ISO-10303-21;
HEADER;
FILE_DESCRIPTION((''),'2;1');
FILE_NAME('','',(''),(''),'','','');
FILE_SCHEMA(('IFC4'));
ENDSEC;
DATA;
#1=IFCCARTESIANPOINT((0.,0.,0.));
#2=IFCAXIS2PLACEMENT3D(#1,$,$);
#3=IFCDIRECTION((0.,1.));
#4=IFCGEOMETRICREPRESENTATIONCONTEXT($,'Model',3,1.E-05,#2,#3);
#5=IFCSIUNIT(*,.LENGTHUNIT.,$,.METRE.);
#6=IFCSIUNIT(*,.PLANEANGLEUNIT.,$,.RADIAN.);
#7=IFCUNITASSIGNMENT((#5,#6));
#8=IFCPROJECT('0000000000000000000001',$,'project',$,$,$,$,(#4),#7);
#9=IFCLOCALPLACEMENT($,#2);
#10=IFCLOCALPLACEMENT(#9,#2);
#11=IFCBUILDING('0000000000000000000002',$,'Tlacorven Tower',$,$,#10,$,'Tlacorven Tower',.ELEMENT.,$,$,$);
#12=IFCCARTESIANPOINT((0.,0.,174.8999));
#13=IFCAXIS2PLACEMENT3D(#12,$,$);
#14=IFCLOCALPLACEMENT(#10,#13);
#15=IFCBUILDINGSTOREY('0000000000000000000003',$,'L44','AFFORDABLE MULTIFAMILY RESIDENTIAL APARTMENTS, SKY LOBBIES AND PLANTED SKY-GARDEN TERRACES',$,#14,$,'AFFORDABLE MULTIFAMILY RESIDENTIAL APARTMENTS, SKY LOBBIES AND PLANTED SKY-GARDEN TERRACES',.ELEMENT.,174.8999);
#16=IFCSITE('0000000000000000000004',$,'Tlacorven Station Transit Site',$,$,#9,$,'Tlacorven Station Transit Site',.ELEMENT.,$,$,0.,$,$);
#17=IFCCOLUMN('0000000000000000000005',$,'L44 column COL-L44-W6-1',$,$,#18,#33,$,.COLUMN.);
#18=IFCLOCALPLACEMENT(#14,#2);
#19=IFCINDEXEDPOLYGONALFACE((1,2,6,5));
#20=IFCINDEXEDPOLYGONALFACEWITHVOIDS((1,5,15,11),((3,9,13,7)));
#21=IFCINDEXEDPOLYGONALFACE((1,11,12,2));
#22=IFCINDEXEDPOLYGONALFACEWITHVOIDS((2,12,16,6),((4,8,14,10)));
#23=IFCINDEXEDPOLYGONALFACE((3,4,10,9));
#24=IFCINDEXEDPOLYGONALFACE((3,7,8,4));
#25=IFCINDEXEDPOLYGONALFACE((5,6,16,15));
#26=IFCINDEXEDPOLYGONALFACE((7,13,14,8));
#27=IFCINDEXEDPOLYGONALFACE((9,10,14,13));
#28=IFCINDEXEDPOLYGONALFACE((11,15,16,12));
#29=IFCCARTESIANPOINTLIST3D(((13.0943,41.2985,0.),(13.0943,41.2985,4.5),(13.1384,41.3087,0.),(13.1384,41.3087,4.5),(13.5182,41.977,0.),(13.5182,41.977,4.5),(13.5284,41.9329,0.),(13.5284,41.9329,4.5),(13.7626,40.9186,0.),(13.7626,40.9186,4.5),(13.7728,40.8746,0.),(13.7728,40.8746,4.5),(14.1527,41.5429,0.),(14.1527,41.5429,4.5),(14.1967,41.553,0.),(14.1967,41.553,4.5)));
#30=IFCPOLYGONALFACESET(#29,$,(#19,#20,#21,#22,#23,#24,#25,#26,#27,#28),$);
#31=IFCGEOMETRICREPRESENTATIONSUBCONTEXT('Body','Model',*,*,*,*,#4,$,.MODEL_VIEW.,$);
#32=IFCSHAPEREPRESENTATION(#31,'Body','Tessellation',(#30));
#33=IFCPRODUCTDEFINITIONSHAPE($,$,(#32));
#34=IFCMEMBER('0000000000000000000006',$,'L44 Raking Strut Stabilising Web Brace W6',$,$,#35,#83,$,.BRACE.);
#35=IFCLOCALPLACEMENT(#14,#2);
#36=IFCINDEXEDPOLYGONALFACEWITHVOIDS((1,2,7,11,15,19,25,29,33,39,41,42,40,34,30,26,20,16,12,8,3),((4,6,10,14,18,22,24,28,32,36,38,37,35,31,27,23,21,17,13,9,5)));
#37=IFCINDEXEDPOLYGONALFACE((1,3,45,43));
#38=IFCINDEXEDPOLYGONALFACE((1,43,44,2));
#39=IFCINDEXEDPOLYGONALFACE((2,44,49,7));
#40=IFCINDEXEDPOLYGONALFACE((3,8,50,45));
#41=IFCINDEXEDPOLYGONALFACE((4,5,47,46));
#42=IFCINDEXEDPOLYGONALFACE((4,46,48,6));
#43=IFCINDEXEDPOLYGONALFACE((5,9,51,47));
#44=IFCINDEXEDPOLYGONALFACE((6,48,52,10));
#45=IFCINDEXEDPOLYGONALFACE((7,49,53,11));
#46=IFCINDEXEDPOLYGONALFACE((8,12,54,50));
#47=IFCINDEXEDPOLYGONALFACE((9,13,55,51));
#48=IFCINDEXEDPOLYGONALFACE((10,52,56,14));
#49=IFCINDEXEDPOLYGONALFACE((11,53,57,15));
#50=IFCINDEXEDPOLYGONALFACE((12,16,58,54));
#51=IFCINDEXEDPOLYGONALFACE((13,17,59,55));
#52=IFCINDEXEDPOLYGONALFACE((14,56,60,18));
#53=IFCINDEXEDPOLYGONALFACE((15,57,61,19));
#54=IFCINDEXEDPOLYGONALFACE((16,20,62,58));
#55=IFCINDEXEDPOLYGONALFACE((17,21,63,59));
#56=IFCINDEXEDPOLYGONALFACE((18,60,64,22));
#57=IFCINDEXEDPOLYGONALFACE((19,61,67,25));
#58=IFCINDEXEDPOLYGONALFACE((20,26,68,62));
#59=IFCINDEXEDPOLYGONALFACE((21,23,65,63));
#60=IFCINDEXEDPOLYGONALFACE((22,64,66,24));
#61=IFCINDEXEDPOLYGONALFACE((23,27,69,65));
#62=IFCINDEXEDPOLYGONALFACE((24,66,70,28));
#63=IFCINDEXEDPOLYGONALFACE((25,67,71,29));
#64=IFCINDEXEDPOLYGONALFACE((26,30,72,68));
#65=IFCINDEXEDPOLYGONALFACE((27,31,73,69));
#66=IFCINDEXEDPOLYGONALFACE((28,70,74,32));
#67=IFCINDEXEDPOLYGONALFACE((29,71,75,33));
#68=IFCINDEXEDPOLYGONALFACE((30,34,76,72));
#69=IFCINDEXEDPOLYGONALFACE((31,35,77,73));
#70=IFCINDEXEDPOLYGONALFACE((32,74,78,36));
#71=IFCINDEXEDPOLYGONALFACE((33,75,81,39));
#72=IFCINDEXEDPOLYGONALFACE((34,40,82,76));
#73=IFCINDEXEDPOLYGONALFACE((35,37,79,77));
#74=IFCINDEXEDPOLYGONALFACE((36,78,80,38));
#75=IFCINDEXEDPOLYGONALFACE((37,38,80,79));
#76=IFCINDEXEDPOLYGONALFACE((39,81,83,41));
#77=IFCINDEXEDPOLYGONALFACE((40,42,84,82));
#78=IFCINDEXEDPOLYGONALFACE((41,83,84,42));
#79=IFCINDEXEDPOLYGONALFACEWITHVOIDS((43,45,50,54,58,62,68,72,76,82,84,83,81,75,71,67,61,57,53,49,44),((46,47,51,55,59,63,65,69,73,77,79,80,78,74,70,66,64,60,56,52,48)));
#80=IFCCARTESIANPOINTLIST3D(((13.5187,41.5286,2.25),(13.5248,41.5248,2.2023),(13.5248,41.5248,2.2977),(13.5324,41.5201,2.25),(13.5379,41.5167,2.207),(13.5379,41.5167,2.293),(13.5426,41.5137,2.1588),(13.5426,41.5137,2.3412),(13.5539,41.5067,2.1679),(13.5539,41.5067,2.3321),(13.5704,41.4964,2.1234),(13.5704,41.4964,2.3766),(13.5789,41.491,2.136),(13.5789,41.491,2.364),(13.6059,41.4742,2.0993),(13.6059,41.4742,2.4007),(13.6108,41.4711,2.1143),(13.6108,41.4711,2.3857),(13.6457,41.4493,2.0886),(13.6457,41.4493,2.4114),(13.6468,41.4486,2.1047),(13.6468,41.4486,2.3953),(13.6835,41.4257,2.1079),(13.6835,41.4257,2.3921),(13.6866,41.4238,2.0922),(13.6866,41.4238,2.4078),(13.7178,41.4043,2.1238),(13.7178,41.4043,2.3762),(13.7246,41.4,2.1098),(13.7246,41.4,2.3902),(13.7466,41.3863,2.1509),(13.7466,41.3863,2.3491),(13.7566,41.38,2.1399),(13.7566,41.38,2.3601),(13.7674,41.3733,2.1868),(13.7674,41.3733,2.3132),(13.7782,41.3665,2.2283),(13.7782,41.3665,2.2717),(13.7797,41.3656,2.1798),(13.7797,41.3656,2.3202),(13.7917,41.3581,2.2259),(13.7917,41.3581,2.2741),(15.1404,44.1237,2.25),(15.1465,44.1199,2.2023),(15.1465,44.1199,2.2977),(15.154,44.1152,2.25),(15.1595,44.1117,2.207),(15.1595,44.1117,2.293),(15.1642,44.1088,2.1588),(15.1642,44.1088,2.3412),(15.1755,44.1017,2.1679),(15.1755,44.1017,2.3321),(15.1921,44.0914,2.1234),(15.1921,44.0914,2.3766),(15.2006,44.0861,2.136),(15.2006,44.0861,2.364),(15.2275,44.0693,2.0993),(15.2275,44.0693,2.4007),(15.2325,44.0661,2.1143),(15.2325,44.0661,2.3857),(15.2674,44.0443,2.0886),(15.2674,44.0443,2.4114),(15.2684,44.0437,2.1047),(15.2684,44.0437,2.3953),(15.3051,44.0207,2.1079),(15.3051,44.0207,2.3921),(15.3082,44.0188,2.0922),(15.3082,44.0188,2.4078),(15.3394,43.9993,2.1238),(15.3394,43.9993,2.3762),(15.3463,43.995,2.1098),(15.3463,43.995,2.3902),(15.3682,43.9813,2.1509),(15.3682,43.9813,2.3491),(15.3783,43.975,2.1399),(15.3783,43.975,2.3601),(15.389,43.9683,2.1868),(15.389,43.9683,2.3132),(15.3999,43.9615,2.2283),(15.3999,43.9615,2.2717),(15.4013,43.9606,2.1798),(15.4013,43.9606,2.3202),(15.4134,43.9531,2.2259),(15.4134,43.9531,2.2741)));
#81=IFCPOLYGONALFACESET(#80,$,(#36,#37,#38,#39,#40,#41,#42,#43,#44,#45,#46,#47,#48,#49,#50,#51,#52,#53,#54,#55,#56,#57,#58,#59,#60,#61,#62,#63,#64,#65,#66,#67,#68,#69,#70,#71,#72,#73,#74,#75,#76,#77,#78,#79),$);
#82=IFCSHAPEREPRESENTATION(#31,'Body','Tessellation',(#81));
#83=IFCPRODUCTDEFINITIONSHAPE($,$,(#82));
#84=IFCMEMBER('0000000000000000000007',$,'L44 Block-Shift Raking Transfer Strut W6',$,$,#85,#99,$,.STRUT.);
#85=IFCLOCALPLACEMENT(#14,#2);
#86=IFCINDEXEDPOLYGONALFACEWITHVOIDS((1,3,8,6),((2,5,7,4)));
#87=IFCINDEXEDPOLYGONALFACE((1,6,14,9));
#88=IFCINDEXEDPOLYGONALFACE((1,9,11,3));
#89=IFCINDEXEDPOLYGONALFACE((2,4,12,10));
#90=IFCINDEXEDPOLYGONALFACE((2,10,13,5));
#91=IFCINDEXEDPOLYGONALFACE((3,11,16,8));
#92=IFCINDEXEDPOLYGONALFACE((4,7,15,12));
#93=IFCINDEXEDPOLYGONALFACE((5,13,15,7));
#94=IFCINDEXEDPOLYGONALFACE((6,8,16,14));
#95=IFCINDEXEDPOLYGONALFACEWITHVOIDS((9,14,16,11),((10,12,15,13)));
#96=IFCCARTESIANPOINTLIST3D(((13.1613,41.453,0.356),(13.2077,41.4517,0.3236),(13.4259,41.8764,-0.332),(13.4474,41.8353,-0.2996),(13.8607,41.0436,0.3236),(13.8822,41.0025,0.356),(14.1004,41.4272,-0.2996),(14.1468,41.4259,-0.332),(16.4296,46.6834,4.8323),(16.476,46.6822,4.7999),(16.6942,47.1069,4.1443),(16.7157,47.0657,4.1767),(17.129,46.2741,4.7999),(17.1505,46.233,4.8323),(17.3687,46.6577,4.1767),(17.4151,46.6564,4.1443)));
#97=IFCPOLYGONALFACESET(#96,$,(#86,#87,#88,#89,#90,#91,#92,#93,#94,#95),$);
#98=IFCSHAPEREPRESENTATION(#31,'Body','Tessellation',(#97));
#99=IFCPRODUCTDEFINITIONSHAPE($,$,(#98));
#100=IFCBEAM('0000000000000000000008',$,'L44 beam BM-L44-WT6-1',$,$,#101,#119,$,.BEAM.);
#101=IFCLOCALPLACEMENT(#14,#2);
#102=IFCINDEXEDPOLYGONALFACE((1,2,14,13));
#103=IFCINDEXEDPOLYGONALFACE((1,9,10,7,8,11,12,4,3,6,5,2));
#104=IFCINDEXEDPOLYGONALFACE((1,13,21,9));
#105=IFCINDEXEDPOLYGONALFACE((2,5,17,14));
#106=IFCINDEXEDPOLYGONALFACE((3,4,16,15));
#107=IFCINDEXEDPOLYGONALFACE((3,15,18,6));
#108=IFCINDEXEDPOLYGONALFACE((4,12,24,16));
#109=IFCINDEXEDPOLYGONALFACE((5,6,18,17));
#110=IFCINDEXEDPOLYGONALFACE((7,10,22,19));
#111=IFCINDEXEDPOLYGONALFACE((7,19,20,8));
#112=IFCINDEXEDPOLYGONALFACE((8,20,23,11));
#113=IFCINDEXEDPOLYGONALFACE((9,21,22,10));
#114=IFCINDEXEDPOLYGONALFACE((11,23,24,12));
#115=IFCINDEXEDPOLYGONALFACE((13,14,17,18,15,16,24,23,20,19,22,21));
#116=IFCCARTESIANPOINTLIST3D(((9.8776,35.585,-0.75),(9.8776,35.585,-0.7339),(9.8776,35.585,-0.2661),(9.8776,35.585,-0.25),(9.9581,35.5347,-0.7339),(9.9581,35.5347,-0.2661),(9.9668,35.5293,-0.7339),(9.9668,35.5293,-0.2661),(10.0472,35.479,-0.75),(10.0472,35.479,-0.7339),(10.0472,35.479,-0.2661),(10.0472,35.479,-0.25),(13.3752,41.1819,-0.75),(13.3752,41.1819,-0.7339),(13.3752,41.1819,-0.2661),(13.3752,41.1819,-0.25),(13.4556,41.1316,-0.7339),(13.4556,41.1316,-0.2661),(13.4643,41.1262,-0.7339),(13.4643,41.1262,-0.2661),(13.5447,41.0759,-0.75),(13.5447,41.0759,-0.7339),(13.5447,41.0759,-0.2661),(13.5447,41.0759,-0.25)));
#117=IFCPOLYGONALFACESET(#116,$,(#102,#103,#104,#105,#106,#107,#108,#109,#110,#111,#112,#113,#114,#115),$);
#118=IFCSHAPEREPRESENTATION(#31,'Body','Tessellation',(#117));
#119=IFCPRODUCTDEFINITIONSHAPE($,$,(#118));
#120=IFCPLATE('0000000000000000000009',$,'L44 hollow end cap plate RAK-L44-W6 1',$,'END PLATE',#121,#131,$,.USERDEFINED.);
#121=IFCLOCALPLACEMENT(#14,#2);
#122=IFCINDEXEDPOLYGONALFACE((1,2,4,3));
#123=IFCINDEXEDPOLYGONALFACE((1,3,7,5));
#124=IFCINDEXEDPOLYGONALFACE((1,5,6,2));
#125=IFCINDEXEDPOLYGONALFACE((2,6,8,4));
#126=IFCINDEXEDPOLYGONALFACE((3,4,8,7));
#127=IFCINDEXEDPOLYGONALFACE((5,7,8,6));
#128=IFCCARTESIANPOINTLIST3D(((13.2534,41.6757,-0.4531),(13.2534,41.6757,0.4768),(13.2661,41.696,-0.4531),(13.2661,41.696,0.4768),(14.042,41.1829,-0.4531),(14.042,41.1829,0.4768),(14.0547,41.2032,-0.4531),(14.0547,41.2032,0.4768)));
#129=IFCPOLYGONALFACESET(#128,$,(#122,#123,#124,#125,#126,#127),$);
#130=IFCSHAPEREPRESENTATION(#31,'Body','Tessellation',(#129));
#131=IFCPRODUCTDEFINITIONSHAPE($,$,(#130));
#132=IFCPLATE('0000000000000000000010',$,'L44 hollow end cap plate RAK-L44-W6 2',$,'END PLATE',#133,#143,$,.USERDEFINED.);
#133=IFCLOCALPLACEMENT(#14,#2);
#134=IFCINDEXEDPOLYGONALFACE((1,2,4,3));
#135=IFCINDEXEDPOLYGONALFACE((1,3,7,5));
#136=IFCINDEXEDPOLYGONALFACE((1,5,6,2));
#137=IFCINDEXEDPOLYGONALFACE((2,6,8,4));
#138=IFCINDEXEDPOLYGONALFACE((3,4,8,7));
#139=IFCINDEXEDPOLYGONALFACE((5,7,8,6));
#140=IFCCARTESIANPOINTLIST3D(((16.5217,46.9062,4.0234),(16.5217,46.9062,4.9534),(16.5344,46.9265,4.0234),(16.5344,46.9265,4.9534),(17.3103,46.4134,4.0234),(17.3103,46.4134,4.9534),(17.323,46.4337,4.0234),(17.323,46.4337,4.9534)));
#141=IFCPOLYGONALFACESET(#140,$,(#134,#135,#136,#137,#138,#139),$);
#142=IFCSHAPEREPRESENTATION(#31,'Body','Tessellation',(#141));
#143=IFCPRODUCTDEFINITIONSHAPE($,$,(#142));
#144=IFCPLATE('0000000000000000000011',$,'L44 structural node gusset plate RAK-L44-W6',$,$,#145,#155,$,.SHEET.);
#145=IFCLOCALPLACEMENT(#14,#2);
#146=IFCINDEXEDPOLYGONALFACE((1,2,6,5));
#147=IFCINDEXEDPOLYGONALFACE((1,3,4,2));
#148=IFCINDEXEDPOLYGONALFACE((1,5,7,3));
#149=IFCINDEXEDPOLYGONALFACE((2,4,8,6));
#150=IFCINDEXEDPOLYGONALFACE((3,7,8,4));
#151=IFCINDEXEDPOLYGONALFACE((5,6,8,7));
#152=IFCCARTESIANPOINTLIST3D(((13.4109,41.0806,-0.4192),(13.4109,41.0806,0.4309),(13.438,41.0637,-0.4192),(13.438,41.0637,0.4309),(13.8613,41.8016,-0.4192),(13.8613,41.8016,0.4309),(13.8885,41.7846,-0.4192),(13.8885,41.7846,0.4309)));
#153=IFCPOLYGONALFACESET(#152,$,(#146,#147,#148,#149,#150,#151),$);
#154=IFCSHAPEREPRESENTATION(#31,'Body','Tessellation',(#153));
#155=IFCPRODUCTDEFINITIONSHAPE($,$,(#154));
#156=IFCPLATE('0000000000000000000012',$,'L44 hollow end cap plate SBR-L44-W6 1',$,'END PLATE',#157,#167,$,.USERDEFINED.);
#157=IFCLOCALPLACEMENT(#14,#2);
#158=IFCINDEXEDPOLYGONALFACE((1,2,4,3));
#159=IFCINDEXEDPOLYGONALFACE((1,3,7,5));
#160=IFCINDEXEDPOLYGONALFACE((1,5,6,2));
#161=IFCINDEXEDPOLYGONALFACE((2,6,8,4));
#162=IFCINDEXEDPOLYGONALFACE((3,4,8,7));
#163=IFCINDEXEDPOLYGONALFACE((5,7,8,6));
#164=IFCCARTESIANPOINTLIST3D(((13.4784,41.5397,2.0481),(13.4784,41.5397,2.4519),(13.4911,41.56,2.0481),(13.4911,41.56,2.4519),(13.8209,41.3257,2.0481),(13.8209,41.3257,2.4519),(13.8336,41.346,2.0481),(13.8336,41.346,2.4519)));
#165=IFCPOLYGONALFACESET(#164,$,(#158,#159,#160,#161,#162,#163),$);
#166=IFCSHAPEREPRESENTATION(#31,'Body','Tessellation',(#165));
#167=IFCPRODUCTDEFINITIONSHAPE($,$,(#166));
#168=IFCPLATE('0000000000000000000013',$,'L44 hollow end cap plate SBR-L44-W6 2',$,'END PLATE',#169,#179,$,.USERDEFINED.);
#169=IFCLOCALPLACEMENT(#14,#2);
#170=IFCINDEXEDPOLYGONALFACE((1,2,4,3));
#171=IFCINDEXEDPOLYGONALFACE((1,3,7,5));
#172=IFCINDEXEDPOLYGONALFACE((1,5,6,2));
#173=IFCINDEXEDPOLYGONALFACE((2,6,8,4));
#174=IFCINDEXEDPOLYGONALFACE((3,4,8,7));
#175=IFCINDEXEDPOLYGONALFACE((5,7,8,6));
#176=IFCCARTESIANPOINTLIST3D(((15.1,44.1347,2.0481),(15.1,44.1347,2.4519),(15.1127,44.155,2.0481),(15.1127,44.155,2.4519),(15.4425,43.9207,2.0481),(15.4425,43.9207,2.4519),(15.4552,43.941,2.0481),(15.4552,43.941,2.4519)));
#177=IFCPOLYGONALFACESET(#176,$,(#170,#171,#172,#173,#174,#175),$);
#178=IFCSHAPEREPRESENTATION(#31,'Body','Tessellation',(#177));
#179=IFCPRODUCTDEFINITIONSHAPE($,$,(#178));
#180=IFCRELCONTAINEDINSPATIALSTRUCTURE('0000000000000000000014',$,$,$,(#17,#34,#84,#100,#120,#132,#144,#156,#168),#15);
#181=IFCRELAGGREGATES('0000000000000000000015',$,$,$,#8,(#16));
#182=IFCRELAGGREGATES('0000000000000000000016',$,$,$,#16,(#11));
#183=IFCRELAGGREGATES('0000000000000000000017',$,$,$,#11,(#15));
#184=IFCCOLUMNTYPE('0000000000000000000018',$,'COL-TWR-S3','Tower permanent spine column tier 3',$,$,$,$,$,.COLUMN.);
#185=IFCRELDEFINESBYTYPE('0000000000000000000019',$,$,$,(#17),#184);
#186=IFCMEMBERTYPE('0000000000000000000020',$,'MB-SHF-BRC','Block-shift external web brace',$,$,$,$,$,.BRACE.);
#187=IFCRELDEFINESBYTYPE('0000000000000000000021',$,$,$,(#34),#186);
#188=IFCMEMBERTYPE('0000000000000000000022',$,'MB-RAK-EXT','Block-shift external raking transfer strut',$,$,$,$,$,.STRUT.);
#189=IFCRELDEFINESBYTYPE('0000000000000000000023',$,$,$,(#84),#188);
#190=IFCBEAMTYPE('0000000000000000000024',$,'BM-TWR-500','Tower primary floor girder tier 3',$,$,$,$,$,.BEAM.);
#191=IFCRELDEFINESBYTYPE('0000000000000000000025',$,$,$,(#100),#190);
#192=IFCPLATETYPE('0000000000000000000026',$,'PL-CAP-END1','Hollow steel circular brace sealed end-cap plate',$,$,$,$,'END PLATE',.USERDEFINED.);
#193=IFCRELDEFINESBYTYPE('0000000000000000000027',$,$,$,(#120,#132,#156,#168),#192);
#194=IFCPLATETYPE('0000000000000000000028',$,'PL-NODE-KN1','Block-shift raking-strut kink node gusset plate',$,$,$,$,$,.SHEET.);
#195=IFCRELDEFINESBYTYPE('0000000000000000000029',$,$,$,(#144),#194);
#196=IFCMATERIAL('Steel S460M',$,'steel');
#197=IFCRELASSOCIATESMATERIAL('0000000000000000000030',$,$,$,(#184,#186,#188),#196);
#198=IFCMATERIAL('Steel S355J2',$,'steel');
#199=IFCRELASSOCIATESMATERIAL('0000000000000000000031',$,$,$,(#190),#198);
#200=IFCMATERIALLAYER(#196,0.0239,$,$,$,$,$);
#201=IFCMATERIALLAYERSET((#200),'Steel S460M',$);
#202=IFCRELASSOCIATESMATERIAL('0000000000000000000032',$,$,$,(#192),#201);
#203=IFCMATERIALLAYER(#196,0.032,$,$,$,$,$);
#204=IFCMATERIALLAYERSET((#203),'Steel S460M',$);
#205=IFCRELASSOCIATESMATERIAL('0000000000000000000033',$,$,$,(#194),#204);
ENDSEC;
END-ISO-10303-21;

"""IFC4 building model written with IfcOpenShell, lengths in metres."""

from ifc_helpers import new_model, si_unit, direction, frame, origin, origin_2d, place, context, subcontext, project, spatial, rectangle, hollow_rectangle, hollow_circle, i_section, extrude, source, transform, mapped, material, layer, layer_set, material_profile, profile_set, type_object, element, save


model = new_model("IFC4")

# Units and contexts
model_context = context("Model", 3, precision=1e-05, world=origin(), true_north=direction((0.0, 1.0)))
body_context = subcontext(model_context, "Body", "Model", "MODEL_VIEW")
ifc_project = project(units=[si_unit("LENGTHUNIT", "METRE"), si_unit("PLANEANGLEUNIT", "RADIAN")], contexts=[model_context])

# Site, building, storey
site_placement = place(None, origin())
site = spatial("IfcSite", under=ifc_project, at=site_placement, Name="Tlacorven Station Transit Site", LongName="Tlacorven Station Transit Site", CompositionType="ELEMENT", RefElevation=0.0)
building_placement = place(site_placement, origin())
building = spatial("IfcBuilding", under=site, at=building_placement, Name="Tlacorven Tower", LongName="Tlacorven Tower", CompositionType="ELEMENT")
storey_placement = place(building_placement, frame((0.0, 0.0, 174.8999)))
storey = spatial("IfcBuildingStorey", under=building, at=storey_placement, Name="L44", Description="AFFORDABLE MULTIFAMILY RESIDENTIAL APARTMENTS, SKY LOBBIES AND PLANTED SKY-GARDEN TERRACES", LongName="AFFORDABLE MULTIFAMILY RESIDENTIAL APARTMENTS, SKY LOBBIES AND PLANTED SKY-GARDEN TERRACES", CompositionType="ELEMENT", Elevation=174.8999)

# Column
ifc_material_1 = material(Name="Steel S460M", Category="steel")
ifc_material_profile_1 = material_profile(ifc_material_1, hollow_rectangle(XDim=0.8, YDim=0.8, WallThickness=0.032, at=origin_2d()), Name="BOX 800X800X32")
ifc_profile_set_1 = profile_set([ifc_material_profile_1], Name="Steel S460M")
column_type = type_object("IfcColumnType", Name="COL-TWR-S3", Description="Tower permanent spine column tier 3", PredefinedType="COLUMN", material=ifc_profile_set_1)
shared_shape_1 = source(origin(), body_context, "Body", "SweptSolid", [
    extrude(hollow_rectangle(XDim=0.8, YDim=0.8, WallThickness=0.032, at=origin_2d()), origin(), (0.0, 0.0, 1.0), 4.5),
])
column_placement = place(storey_placement, frame((13.6455, 41.4258, 0.0), z_axis=(0.0, 0.0, 1.0), x_axis=(-0.848048, 0.529919, 0.0)))
element("IfcColumn", 1, at=column_placement, inside=storey, type_object=column_type, Name="L44 column COL-L44-W6-1", PredefinedType="COLUMN", context=body_context, shape_type="MappedRepresentation", body=[
    mapped(shared_shape_1, transform((0.0, 0.0, 0.0), scale=1.0)),
])

# Members
ifc_material_profile_2 = material_profile(ifc_material_1, hollow_circle(Radius=0.1619, WallThickness=0.0161, at=origin_2d()), Name="CHS 323.9X16")
ifc_profile_set_2 = profile_set([ifc_material_profile_2], Name="Steel S460M")
member_type_1 = type_object("IfcMemberType", Name="MB-SHF-BRC", Description="Block-shift external web brace", PredefinedType="BRACE", material=ifc_profile_set_2)
shared_shape_2 = source(origin(), body_context, "Body", "SweptSolid", [
    extrude(hollow_circle(Radius=0.1619, WallThickness=0.0161, at=origin_2d()), origin(), (0.0, 0.0, 1.0), 3.0601),
])
member_1_placement = place(storey_placement, frame((13.656, 41.4429, 2.25), z_axis=(0.529934, 0.848039, 0.0), x_axis=(-0.848039, 0.529934, 0.0)))
element("IfcMember", 2, at=member_1_placement, inside=storey, type_object=member_type_1, Name="L44 Raking Strut Stabilising Web Brace W6", PredefinedType="BRACE", context=body_context, shape_type="MappedRepresentation", body=[
    mapped(shared_shape_2, transform((0.0, 0.0, 0.0), scale=1.0)),
])
ifc_material_profile_3 = material_profile(ifc_material_1, hollow_rectangle(XDim=0.8501, YDim=0.8501, WallThickness=0.04, at=origin_2d()), Name="BOX 850X850X40")
ifc_profile_set_3 = profile_set([ifc_material_profile_3], Name="Steel S460M")
member_type_2 = type_object("IfcMemberType", Name="MB-RAK-EXT", Description="Block-shift external raking transfer strut", PredefinedType="STRUT", material=ifc_profile_set_3)
shared_shape_3 = source(origin(), body_context, "Body", "SweptSolid", [
    extrude(hollow_rectangle(XDim=0.8501, YDim=0.8501, WallThickness=0.04, at=origin_2d()), origin(), (0.0, 0.0, 1.0), 7.6208),
])
member_2_placement = place(storey_placement, frame((13.6541, 41.4395, 0.012), z_axis=(0.428865, 0.686338, 0.587379), x_axis=(-0.848052, 0.529914, 0.0)))
element("IfcMember", 3, at=member_2_placement, inside=storey, type_object=member_type_2, Name="L44 Block-Shift Raking Transfer Strut W6", PredefinedType="STRUT", context=body_context, shape_type="MappedRepresentation", body=[
    mapped(shared_shape_3, transform((0.0, 0.0, 0.0), scale=1.0)),
])

# Beam
ifc_material_2 = material(Name="Steel S355J2", Category="steel")
ifc_material_profile_4 = material_profile(ifc_material_2, i_section(OverallWidth=0.2, OverallDepth=0.5, WebThickness=0.0103, FlangeThickness=0.0161, at=origin_2d()), Name="IPE 500")
ifc_profile_set_4 = profile_set([ifc_material_profile_4], Name="Steel S355J2")
beam_type = type_object("IfcBeamType", Name="BM-TWR-500", Description="Tower primary floor girder tier 3", PredefinedType="BEAM", material=ifc_profile_set_4)
shared_shape_4 = source(origin(), body_context, "Body", "SweptSolid", [
    extrude(i_section(OverallWidth=0.2, OverallDepth=0.5, WebThickness=0.0103, FlangeThickness=0.0161, at=origin_2d()), origin(), (0.0, 0.0, 1.0), 6.5999),
])
beam_placement = place(storey_placement, frame((13.46, 41.1289, -0.5), z_axis=(-0.529942, -0.848034, 0.0), x_axis=(0.848034, -0.529942, 0.0)))
element("IfcBeam", 4, at=beam_placement, inside=storey, type_object=beam_type, Name="L44 beam BM-L44-WT6-1", PredefinedType="BEAM", context=body_context, shape_type="MappedRepresentation", body=[
    mapped(shared_shape_4, transform((0.0, 0.0, 0.0), scale=1.0)),
])

# Plates
ifc_layer_1 = layer(ifc_material_1, 0.0239)
ifc_layer_set_1 = layer_set([ifc_layer_1], Name="Steel S460M")
plate_type_1 = type_object("IfcPlateType", Name="PL-CAP-END1", Description="Hollow steel circular brace sealed end-cap plate", ElementType="END PLATE", PredefinedType="USERDEFINED", material=ifc_layer_set_1)
shared_shape_5 = source(origin(), body_context, "Body", "SweptSolid", [
    extrude(rectangle(XDim=0.0239, YDim=0.9299, at=origin_2d()), origin(), (0.0, 0.0, 1.0), 0.9299),
])
for number, where, z_axis, x_axis, name in (
    (5, (13.6541, 41.4395, -0.4531), (0.0, 0.0, 1.0), (0.529919, 0.848048, 0.0), "L44 hollow end cap plate RAK-L44-W6 1"),
    (6, (16.9224, 46.6699, 4.0234), (0.0, 0.0, 1.0), (0.529919, 0.848048, 0.0), "L44 hollow end cap plate RAK-L44-W6 2"),
):
    element("IfcPlate", number, at=place(storey_placement, frame(where, z_axis=z_axis, x_axis=x_axis)), inside=storey, type_object=plate_type_1, Name=name, ObjectType="END PLATE", PredefinedType="USERDEFINED", context=body_context, shape_type="MappedRepresentation", body=[
        mapped(shared_shape_5, transform((0.0, 0.0, 0.0), scale=1.0)),
    ])
ifc_layer_2 = layer(ifc_material_1, 0.032)
ifc_layer_set_2 = layer_set([ifc_layer_2], Name="Steel S460M")
plate_type_2 = type_object("IfcPlateType", Name="PL-NODE-KN1", Description="Block-shift raking-strut kink node gusset plate", PredefinedType="SHEET", material=ifc_layer_set_2)
shared_shape_6 = source(origin(), body_context, "Body", "SweptSolid", [
    extrude(rectangle(XDim=0.8501, YDim=0.032, at=origin_2d()), origin(), (0.0, 0.0, 1.0), 0.8501),
])
plate_placement = place(storey_placement, frame((13.6497, 41.4326, -0.4192), z_axis=(0.0, 0.0, 1.0), x_axis=(0.529919, 0.848048, 0.0)))
element("IfcPlate", 7, at=plate_placement, inside=storey, type_object=plate_type_2, Name="L44 structural node gusset plate RAK-L44-W6", PredefinedType="SHEET", context=body_context, shape_type="MappedRepresentation", body=[
    mapped(shared_shape_6, transform((0.0, 0.0, 0.0), scale=1.0)),
])
shared_shape_7 = source(origin(), body_context, "Body", "SweptSolid", [
    extrude(rectangle(XDim=0.0239, YDim=0.4038, at=origin_2d()), origin(), (0.0, 0.0, 1.0), 0.4038),
])
for number, where, z_axis, x_axis, name in (
    (8, (13.656, 41.4429, 2.0481), (0.0, 0.0, 1.0), (0.529919, 0.848048, 0.0), "L44 hollow end cap plate SBR-L44-W6 1"),
    (9, (15.2776, 44.0378, 2.0481), (0.0, 0.0, 1.0), (0.529919, 0.848048, 0.0), "L44 hollow end cap plate SBR-L44-W6 2"),
):
    element("IfcPlate", number, at=place(storey_placement, frame(where, z_axis=z_axis, x_axis=x_axis)), inside=storey, type_object=plate_type_1, Name=name, ObjectType="END PLATE", PredefinedType="USERDEFINED", context=body_context, shape_type="MappedRepresentation", body=[
        mapped(shared_shape_7, transform((0.0, 0.0, 0.0), scale=1.0)),
    ])

save(model, "model.ifc")
